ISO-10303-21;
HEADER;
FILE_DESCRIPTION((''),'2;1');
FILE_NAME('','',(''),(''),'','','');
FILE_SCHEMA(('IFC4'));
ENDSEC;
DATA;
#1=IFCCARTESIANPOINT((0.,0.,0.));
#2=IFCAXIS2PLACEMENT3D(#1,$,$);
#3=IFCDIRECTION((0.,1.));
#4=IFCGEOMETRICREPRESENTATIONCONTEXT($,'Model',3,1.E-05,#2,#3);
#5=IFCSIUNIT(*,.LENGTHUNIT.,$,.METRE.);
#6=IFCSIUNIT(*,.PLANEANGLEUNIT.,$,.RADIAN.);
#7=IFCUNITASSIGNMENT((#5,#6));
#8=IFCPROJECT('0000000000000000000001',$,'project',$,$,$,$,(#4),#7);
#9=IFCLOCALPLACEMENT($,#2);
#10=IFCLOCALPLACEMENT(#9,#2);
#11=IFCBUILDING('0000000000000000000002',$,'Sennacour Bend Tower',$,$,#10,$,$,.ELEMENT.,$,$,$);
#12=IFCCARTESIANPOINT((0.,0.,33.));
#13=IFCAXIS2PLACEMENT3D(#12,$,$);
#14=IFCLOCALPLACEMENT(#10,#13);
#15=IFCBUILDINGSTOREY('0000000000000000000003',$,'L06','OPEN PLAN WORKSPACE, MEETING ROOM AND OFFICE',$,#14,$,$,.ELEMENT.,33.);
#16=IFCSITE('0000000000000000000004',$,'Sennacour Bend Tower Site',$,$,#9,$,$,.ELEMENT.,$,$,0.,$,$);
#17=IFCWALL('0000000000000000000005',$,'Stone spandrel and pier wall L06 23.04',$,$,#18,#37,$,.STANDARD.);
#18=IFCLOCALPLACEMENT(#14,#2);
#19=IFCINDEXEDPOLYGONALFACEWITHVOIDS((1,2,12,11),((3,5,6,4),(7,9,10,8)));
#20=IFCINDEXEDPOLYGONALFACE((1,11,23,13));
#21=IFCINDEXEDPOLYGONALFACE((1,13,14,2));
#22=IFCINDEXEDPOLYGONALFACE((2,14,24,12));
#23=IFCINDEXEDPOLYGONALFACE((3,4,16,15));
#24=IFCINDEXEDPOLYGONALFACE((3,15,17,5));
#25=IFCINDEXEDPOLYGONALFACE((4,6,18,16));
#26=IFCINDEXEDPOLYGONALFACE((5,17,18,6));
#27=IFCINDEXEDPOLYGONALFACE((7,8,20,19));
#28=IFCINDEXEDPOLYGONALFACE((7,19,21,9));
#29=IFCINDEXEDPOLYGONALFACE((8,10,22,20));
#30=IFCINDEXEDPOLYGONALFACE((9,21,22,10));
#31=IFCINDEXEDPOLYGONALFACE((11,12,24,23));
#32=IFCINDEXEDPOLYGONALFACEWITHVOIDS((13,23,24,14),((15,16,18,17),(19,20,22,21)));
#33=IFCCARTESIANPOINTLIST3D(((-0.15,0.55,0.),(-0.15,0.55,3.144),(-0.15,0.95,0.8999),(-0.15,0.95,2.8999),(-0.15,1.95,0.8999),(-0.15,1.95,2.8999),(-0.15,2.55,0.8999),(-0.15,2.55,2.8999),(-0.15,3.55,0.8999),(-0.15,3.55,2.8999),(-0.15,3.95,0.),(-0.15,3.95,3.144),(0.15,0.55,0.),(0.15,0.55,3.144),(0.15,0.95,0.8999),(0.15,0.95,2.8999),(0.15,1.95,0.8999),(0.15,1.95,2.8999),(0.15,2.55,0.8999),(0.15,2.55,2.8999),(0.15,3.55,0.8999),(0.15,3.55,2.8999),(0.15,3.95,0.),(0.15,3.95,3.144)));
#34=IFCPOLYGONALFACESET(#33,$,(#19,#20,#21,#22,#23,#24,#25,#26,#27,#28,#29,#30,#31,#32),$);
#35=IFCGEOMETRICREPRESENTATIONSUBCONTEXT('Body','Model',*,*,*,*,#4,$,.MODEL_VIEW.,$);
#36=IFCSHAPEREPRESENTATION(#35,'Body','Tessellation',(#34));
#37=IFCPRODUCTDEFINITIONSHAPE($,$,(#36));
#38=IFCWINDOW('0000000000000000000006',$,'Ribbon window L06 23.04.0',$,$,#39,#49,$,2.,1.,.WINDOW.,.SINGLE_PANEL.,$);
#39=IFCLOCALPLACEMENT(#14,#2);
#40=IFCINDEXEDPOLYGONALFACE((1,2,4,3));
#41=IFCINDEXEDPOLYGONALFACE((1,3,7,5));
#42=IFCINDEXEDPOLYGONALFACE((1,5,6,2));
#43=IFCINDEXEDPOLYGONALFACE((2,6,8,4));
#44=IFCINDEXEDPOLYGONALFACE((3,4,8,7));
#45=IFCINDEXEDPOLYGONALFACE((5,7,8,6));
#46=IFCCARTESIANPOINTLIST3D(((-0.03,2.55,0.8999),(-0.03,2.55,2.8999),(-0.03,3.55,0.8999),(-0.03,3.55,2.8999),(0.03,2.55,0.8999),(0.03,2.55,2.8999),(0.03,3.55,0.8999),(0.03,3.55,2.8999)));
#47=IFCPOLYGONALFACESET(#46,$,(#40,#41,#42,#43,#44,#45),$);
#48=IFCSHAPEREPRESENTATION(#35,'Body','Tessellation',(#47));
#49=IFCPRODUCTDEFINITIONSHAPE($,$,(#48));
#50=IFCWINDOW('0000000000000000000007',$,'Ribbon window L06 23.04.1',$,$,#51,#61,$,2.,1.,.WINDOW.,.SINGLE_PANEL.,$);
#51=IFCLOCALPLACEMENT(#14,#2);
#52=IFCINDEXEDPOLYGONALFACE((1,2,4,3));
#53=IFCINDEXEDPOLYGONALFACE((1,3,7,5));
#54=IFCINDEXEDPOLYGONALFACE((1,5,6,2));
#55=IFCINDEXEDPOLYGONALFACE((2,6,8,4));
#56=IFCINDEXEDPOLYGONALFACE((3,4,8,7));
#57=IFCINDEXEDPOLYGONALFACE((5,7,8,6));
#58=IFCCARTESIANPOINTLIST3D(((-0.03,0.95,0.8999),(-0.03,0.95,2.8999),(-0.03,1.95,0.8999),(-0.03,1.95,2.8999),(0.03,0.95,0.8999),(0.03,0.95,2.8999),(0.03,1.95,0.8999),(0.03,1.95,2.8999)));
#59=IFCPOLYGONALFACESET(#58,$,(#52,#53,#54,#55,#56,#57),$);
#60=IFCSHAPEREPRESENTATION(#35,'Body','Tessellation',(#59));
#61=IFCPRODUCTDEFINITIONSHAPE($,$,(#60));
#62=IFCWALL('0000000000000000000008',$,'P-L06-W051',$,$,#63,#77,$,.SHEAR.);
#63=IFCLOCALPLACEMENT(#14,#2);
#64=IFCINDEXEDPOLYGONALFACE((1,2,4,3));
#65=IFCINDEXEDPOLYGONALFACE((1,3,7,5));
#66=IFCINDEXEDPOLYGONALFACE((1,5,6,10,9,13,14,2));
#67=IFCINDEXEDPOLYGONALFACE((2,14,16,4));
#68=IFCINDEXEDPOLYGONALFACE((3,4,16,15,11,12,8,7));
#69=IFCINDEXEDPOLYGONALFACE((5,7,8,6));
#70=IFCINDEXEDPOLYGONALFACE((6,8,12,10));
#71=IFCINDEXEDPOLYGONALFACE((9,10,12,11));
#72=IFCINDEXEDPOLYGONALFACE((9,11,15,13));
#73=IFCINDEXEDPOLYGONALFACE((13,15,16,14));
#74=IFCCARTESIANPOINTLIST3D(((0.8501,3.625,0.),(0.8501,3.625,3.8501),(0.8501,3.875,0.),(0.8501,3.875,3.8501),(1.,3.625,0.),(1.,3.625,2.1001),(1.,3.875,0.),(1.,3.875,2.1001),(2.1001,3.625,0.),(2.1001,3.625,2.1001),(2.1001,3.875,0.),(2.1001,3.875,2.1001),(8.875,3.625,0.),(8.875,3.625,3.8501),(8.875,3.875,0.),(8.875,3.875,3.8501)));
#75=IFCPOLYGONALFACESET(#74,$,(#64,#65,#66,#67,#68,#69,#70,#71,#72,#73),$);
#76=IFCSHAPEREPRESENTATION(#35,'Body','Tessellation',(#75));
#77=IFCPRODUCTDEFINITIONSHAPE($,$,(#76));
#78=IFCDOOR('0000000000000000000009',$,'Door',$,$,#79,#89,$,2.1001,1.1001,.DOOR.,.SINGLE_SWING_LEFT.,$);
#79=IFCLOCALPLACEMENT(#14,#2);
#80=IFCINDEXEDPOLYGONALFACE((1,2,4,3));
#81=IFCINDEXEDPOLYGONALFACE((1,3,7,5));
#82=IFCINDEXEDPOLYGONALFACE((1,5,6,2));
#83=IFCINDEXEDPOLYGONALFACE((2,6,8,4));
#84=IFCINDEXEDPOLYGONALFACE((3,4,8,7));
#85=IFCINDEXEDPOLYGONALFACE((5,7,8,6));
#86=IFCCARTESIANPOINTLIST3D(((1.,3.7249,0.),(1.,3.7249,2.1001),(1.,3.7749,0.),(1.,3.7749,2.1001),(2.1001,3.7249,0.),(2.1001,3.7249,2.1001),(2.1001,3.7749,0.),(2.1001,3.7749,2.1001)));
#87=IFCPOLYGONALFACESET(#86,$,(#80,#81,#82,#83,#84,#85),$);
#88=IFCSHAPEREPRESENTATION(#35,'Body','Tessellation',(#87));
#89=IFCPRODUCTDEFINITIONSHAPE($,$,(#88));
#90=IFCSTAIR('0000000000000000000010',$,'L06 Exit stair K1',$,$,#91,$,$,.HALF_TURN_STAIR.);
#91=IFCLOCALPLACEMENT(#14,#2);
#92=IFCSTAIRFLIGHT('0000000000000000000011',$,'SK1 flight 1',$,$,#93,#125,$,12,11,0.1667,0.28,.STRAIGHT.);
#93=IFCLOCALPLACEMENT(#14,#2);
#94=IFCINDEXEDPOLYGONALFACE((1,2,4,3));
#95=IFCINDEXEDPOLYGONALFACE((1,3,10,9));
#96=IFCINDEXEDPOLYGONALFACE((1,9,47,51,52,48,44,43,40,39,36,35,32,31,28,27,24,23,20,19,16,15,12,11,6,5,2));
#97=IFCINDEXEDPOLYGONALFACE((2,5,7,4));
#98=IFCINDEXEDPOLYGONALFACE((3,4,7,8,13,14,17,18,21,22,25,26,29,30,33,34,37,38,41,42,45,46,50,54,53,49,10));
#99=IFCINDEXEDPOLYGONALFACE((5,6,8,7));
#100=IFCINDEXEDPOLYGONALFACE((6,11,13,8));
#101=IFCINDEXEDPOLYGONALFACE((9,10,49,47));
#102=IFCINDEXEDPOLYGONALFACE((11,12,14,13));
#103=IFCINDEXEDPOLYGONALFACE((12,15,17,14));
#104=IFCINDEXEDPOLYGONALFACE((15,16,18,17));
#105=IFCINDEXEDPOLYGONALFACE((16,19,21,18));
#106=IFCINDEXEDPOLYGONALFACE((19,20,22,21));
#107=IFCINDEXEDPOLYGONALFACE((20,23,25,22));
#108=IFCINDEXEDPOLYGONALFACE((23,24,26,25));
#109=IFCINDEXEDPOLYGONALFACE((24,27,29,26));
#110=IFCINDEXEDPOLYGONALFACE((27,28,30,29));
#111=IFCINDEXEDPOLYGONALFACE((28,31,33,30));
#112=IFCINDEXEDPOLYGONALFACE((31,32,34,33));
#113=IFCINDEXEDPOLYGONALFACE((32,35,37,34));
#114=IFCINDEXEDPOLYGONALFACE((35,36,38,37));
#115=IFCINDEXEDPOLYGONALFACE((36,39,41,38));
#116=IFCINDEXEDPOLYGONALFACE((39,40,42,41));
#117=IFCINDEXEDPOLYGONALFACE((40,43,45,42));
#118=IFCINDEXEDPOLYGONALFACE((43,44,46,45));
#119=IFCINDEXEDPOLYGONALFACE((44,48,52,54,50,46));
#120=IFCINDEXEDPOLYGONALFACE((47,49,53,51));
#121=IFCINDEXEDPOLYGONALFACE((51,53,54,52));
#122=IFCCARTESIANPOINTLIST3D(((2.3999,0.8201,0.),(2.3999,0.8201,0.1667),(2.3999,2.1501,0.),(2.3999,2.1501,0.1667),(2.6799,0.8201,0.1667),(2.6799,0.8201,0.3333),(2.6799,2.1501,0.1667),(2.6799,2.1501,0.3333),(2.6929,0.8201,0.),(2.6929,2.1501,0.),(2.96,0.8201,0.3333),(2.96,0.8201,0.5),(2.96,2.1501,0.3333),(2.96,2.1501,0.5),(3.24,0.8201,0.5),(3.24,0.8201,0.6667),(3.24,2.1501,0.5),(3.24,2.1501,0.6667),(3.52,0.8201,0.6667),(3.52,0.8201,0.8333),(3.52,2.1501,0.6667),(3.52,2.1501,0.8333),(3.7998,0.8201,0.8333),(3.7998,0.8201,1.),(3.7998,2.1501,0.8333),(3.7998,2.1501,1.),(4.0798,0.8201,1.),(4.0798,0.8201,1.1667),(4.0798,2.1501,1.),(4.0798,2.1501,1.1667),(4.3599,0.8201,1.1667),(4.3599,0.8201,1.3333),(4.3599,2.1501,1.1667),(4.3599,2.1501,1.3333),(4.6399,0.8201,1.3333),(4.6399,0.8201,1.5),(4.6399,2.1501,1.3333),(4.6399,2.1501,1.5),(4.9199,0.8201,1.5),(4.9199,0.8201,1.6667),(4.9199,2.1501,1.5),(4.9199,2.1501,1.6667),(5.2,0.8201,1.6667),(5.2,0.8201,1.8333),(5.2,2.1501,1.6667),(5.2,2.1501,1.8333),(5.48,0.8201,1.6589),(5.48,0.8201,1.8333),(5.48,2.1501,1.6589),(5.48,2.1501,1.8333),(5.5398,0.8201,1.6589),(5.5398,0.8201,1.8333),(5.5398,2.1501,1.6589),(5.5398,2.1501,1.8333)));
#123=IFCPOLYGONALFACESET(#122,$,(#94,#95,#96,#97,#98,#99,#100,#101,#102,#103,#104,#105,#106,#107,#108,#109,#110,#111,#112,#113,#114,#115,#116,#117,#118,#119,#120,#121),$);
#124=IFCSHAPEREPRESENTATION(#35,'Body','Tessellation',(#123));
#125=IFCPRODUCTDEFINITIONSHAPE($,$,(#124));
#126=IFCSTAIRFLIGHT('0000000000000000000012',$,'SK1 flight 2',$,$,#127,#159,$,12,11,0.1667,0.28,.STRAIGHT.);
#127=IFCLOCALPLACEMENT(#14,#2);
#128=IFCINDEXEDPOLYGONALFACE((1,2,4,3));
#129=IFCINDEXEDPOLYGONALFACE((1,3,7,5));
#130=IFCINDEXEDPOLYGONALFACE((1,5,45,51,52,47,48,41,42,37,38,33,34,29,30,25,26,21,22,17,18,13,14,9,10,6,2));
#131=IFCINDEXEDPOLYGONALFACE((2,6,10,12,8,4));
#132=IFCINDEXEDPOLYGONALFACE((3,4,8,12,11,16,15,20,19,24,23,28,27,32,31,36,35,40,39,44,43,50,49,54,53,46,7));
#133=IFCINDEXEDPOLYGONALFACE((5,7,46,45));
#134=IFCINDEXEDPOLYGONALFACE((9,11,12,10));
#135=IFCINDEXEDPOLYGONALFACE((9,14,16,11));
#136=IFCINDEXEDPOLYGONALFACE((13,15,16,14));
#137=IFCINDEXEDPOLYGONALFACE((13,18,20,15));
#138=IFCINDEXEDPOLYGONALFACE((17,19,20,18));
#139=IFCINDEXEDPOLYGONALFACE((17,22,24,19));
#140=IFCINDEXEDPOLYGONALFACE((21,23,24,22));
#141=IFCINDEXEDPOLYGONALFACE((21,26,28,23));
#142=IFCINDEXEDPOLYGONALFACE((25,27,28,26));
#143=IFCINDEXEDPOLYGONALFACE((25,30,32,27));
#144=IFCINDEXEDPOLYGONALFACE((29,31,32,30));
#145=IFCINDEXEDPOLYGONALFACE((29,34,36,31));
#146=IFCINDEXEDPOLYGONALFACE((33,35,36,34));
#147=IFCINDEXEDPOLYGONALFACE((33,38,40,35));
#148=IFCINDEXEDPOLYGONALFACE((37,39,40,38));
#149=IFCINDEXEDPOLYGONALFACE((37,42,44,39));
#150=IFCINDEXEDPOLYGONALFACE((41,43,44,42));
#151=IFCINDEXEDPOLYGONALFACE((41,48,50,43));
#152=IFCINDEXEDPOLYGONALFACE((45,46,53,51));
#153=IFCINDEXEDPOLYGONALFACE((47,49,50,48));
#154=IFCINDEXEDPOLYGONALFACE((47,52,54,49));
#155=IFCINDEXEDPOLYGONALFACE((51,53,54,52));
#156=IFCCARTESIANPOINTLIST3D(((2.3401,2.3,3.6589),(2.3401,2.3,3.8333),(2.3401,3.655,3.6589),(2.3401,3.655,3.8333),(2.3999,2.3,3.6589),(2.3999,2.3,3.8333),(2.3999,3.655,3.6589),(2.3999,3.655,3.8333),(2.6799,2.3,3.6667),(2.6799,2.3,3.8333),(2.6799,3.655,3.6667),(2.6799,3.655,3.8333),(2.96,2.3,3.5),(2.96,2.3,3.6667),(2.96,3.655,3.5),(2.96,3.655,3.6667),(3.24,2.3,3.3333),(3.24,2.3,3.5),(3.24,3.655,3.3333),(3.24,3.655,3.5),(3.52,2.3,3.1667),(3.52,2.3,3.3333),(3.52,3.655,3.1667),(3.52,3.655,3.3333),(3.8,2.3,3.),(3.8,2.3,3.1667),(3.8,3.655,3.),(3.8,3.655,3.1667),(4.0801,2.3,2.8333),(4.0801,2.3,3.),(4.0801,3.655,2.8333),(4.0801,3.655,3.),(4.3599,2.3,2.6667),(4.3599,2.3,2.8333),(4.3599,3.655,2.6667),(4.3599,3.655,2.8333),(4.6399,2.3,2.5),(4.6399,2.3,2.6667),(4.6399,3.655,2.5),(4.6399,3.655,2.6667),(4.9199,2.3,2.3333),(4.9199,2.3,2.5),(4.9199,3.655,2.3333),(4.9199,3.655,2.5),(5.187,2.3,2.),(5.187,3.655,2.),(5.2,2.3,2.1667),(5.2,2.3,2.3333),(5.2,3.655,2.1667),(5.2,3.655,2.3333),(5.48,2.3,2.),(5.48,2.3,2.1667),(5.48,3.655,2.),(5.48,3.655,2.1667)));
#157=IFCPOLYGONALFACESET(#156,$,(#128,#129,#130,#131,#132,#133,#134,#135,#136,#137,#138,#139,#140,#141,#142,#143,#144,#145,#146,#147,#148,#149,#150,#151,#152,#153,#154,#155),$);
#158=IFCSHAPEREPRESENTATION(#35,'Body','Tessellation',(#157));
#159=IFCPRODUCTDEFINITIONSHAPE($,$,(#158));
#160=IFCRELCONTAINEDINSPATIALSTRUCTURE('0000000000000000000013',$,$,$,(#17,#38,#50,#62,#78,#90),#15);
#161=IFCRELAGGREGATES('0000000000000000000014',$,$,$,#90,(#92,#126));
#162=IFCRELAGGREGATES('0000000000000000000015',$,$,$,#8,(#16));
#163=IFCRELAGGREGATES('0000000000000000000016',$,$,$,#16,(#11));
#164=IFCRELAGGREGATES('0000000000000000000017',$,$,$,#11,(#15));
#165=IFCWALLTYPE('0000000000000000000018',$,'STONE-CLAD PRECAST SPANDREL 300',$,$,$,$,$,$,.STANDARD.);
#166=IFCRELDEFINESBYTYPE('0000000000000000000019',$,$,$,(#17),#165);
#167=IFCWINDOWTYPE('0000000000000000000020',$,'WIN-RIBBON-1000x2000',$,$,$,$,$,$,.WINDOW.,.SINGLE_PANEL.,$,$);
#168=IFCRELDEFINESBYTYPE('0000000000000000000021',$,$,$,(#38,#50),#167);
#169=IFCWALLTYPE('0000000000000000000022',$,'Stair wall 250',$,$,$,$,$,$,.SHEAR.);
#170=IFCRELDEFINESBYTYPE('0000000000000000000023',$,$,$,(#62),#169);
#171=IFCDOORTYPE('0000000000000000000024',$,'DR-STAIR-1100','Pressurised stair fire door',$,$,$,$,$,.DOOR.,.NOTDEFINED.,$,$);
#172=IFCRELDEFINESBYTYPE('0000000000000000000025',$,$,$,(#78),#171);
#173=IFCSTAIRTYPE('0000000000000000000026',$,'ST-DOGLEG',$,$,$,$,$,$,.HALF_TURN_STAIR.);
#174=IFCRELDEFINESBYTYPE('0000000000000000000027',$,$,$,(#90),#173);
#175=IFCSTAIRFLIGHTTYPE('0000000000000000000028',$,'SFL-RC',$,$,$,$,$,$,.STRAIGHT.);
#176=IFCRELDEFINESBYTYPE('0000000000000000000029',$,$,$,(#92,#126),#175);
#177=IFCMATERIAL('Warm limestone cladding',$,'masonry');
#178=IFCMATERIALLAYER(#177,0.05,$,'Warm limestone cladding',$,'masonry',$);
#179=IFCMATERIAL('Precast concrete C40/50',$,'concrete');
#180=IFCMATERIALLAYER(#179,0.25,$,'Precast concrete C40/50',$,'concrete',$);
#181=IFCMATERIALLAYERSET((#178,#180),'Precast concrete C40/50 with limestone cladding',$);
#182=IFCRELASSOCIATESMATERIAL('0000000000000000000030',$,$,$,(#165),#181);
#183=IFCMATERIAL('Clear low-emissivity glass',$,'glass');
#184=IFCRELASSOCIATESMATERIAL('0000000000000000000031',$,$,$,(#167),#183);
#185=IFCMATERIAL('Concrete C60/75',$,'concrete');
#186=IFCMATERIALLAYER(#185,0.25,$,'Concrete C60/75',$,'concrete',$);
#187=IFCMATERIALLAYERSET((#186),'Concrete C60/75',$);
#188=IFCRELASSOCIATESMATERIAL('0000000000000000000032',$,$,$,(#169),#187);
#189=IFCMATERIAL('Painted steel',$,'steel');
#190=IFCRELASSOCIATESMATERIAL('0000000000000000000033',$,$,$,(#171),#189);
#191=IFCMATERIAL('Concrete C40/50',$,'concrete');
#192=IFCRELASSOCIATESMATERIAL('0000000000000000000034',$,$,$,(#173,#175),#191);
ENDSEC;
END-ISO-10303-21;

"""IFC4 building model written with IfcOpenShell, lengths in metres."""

from ifc_helpers import new_model, si_unit, direction, frame, frame_2d, origin, place, context, subcontext, project, spatial, polyline, rectangle, outline, extrude, material, layer, layer_set, type_object, element, fill, aggregate, save


model = new_model("IFC4")

# Units and contexts
model_context = context("Model", 3, precision=1e-05, world=origin(), true_north=direction((0.0, 1.0)))
body_context = subcontext(model_context, "Body", "Model", "MODEL_VIEW")
ifc_project = project(units=[si_unit("LENGTHUNIT", "METRE"), si_unit("PLANEANGLEUNIT", "RADIAN")], contexts=[model_context])

# Site, building, storey
site_placement = place(None, origin())
site = spatial("IfcSite", under=ifc_project, at=site_placement, Name="Sennacour Bend Tower Site", CompositionType="ELEMENT", RefElevation=0.0)
building_placement = place(site_placement, origin())
building = spatial("IfcBuilding", under=site, at=building_placement, Name="Sennacour Bend Tower", CompositionType="ELEMENT")
storey_placement = place(building_placement, frame((0.0, 0.0, 33.0)))
storey = spatial("IfcBuildingStorey", under=building, at=storey_placement, Name="L06", Description="OPEN PLAN WORKSPACE, MEETING ROOM AND OFFICE", CompositionType="ELEMENT", Elevation=33.0)

# Wall, openings, windows
ifc_material_1 = material(Name="Warm limestone cladding", Category="masonry")
ifc_layer_1 = layer(ifc_material_1, 0.05, Name="Warm limestone cladding", Category="masonry")
ifc_material_2 = material(Name="Precast concrete C40/50", Category="concrete")
ifc_layer_2 = layer(ifc_material_2, 0.25, Name="Precast concrete C40/50", Category="concrete")
ifc_layer_set_1 = layer_set([ifc_layer_1, ifc_layer_2], Name="Precast concrete C40/50 with limestone cladding")
wall_type_1 = type_object("IfcWallType", Name="STONE-CLAD PRECAST SPANDREL 300", PredefinedType="STANDARD", material=ifc_layer_set_1)
ifc_material_3 = material(Name="Clear low-emissivity glass", Category="glass")
window_type = type_object("IfcWindowType", Name="WIN-RIBBON-1000x2000", PartitioningType="SINGLE_PANEL", PredefinedType="WINDOW", material=ifc_material_3)
wall_1_placement = place(storey_placement, frame((0.0, 3.95, 0.0), z_axis=(0.0, 0.0, 1.0), x_axis=(0.0, -1.0, 0.0)))
wall_1 = element("IfcWall", 1, at=wall_1_placement, inside=storey, type_object=wall_type_1, Name="Stone spandrel and pier wall L06 23.04", PredefinedType="STANDARD", context=body_context, shape_type="SweptSolid", body=[
    extrude(rectangle(XDim=3.3999, YDim=0.3, at=frame_2d((1.7, 0.0))), origin(), (0.0, 0.0, 1.0), 3.144),
])
opening_1_placement = place(wall_1_placement, frame((0.3999, 0.0, 0.8999)))
opening_1 = element("IfcOpeningElement", 2, at=opening_1_placement, cuts=wall_1, PredefinedType="OPENING", context=body_context, shape_type="SweptSolid", body=[
    extrude(rectangle(XDim=1.0, YDim=2.0, at=frame_2d((0.5, 1.0))), frame((0.0, 0.1602, 0.0), z_axis=(0.0, -1.0, 0.0), x_axis=(1.0, 0.0, 0.0)), (0.0, 0.0, 1.0), 0.3201),
])
opening_2_placement = place(wall_1_placement, frame((2.0, 0.0, 0.8999)))
opening_2 = element("IfcOpeningElement", 3, at=opening_2_placement, cuts=wall_1, PredefinedType="OPENING", context=body_context, shape_type="SweptSolid", body=[
    extrude(rectangle(XDim=1.0, YDim=2.0, at=frame_2d((0.5, 1.0))), frame((0.0, 0.1602, 0.0), z_axis=(0.0, -1.0, 0.0), x_axis=(1.0, 0.0, 0.0)), (0.0, 0.0, 1.0), 0.3201),
])
window_1_placement = place(opening_1_placement, origin())
window_1 = element("IfcWindow", 4, at=window_1_placement, inside=storey, type_object=window_type, Name="Ribbon window L06 23.04.0", OverallHeight=2.0, OverallWidth=1.0, PartitioningType="SINGLE_PANEL", PredefinedType="WINDOW", context=body_context, shape_type="SweptSolid", body=[
    extrude(rectangle(XDim=1.0, YDim=2.0, at=frame_2d((0.5, 1.0))), frame((0.0, 0.03, 0.0), z_axis=(0.0, -1.0, 0.0), x_axis=(1.0, 0.0, 0.0)), (0.0, 0.0, 1.0), 0.0601),
])
fill(opening_1, window_1)
window_2_placement = place(opening_2_placement, origin())
window_2 = element("IfcWindow", 5, at=window_2_placement, inside=storey, type_object=window_type, Name="Ribbon window L06 23.04.1", OverallHeight=2.0, OverallWidth=1.0, PartitioningType="SINGLE_PANEL", PredefinedType="WINDOW", context=body_context, shape_type="SweptSolid", body=[
    extrude(rectangle(XDim=1.0, YDim=2.0, at=frame_2d((0.5, 1.0))), frame((0.0, 0.03, 0.0), z_axis=(0.0, -1.0, 0.0), x_axis=(1.0, 0.0, 0.0)), (0.0, 0.0, 1.0), 0.0601),
])
fill(opening_2, window_2)

# Wall, opening, door
ifc_material_4 = material(Name="Concrete C60/75", Category="concrete")
ifc_layer_3 = layer(ifc_material_4, 0.25, Name="Concrete C60/75", Category="concrete")
ifc_layer_set_2 = layer_set([ifc_layer_3], Name="Concrete C60/75")
wall_type_2 = type_object("IfcWallType", Name="Stair wall 250", PredefinedType="SHEAR", material=ifc_layer_set_2)
wall_2_placement = place(storey_placement, frame((0.8501, 3.75, 0.0), z_axis=(0.0, 0.0, 1.0), x_axis=(1.0, 0.0, 0.0)))
wall_2 = element("IfcWall", 6, at=wall_2_placement, inside=storey, type_object=wall_type_2, Name="P-L06-W051", PredefinedType="SHEAR", context=body_context, shape_type="SweptSolid", body=[
    extrude(rectangle(XDim=8.0249, YDim=0.25, at=frame_2d((4.0125, 0.0))), origin(), (0.0, 0.0, 1.0), 3.8501),
])
opening_3_placement = place(wall_2_placement, frame((0.1499, 0.0, 0.0)))
opening_3 = element("IfcOpeningElement", 7, at=opening_3_placement, cuts=wall_2, PredefinedType="OPENING", context=body_context, shape_type="SweptSolid", body=[
    extrude(rectangle(XDim=1.1001, YDim=2.1001, at=frame_2d((0.55, 1.05))), frame((0.0, 0.135, 0.0), z_axis=(0.0, -1.0, 0.0), x_axis=(1.0, 0.0, 0.0)), (0.0, 0.0, 1.0), 0.27),
])
ifc_material_5 = material(Name="Painted steel", Category="steel")
door_type = type_object("IfcDoorType", Name="DR-STAIR-1100", Description="Pressurised stair fire door", OperationType="NOTDEFINED", PredefinedType="DOOR", material=ifc_material_5)
door_placement = place(opening_3_placement, origin())
door = element("IfcDoor", 8, at=door_placement, inside=storey, type_object=door_type, Name="Door", OperationType="SINGLE_SWING_LEFT", OverallHeight=2.1001, OverallWidth=1.1001, PredefinedType="DOOR", context=body_context, shape_type="SweptSolid", body=[
    extrude(rectangle(XDim=1.1001, YDim=2.1001, at=frame_2d((0.55, 1.05))), frame((0.0, 0.0249, 0.0), z_axis=(0.0, -1.0, 0.0), x_axis=(1.0, 0.0, 0.0)), (0.0, 0.0, 1.0), 0.05),
])
fill(opening_3, door)

# Stair, stair flights
ifc_material_6 = material(Name="Concrete C40/50", Category="concrete")
stair_type = type_object("IfcStairType", Name="ST-DOGLEG", PredefinedType="HALF_TURN_STAIR", material=ifc_material_6)
stair_placement = place(storey_placement, origin())
stair = element("IfcStair", 9, at=stair_placement, inside=storey, type_object=stair_type, Name="L06 Exit stair K1", PredefinedType="HALF_TURN_STAIR")
stair_flight_type = type_object("IfcStairFlightType", Name="SFL-RC", PredefinedType="STRAIGHT", material=ifc_material_6)
stair_flight_1_placement = place(storey_placement, frame((2.3999, 1.4851, 0.0), z_axis=(0.0, 0.0, 1.0), x_axis=(1.0, 0.0, 0.0)))
stair_flight_1 = element("IfcStairFlight", 10, at=stair_flight_1_placement, type_object=stair_flight_type, Name="SK1 flight 1", NumberOfRisers=12, NumberOfTreads=11, PredefinedType="STRAIGHT", RiserHeight=0.1667, TreadLength=0.28, context=body_context, shape_type="SweptSolid", body=[
    extrude(outline(polyline([(0.0, 0.0), (0.0, 0.1667), (0.28, 0.1667), (0.28, 0.3333), (0.5601, 0.3333), (0.5601, 0.5), (0.8401, 0.5), (0.8401, 0.6667), (1.1201, 0.6667), (1.1201, 0.8333), (1.3999, 0.8333), (1.3999, 1.0), (1.6799, 1.0), (1.6799, 1.1667), (1.96, 1.1667), (1.96, 1.3333), (2.24, 1.3333), (2.24, 1.5), (2.52, 1.5), (2.52, 1.6667), (2.8, 1.6667), (2.8, 1.8333), (3.0801, 1.8333), (3.1399, 1.8333), (3.1399, 1.6589), (3.0801, 1.6589), (0.293, 0.0), (0.0, 0.0)])), frame((0.0, 0.665, 0.0), z_axis=(0.0, -1.0, 0.0), x_axis=(1.0, 0.0, 0.0)), (0.0, 0.0, 1.0), 1.3301),
])
stair_flight_2_placement = place(storey_placement, frame((5.48, 2.9775, 2.0), z_axis=(0.0, 0.0, 1.0), x_axis=(-1.0, 0.0, 0.0)))
stair_flight_2 = element("IfcStairFlight", 11, at=stair_flight_2_placement, type_object=stair_flight_type, Name="SK1 flight 2", NumberOfRisers=12, NumberOfTreads=11, PredefinedType="STRAIGHT", RiserHeight=0.1667, TreadLength=0.28, context=body_context, shape_type="SweptSolid", body=[
    extrude(outline(polyline([(0.0, 0.0), (0.0, 0.1667), (0.28, 0.1667), (0.28, 0.3333), (0.5601, 0.3333), (0.5601, 0.5), (0.8401, 0.5), (0.8401, 0.6667), (1.1201, 0.6667), (1.1201, 0.8333), (1.3999, 0.8333), (1.3999, 1.0), (1.6799, 1.0), (1.6799, 1.1667), (1.96, 1.1667), (1.96, 1.3333), (2.24, 1.3333), (2.24, 1.5), (2.52, 1.5), (2.52, 1.6667), (2.8, 1.6667), (2.8, 1.8333), (3.0801, 1.8333), (3.1399, 1.8333), (3.1399, 1.6589), (3.0801, 1.6589), (0.293, 0.0), (0.0, 0.0)])), frame((0.0, 0.6775, 0.0), z_axis=(0.0, -1.0, 0.0), x_axis=(1.0, 0.0, 0.0)), (0.0, 0.0, 1.0), 1.355),
])
aggregate(stair, [stair_flight_1, stair_flight_2])

save(model, "model.ifc")
